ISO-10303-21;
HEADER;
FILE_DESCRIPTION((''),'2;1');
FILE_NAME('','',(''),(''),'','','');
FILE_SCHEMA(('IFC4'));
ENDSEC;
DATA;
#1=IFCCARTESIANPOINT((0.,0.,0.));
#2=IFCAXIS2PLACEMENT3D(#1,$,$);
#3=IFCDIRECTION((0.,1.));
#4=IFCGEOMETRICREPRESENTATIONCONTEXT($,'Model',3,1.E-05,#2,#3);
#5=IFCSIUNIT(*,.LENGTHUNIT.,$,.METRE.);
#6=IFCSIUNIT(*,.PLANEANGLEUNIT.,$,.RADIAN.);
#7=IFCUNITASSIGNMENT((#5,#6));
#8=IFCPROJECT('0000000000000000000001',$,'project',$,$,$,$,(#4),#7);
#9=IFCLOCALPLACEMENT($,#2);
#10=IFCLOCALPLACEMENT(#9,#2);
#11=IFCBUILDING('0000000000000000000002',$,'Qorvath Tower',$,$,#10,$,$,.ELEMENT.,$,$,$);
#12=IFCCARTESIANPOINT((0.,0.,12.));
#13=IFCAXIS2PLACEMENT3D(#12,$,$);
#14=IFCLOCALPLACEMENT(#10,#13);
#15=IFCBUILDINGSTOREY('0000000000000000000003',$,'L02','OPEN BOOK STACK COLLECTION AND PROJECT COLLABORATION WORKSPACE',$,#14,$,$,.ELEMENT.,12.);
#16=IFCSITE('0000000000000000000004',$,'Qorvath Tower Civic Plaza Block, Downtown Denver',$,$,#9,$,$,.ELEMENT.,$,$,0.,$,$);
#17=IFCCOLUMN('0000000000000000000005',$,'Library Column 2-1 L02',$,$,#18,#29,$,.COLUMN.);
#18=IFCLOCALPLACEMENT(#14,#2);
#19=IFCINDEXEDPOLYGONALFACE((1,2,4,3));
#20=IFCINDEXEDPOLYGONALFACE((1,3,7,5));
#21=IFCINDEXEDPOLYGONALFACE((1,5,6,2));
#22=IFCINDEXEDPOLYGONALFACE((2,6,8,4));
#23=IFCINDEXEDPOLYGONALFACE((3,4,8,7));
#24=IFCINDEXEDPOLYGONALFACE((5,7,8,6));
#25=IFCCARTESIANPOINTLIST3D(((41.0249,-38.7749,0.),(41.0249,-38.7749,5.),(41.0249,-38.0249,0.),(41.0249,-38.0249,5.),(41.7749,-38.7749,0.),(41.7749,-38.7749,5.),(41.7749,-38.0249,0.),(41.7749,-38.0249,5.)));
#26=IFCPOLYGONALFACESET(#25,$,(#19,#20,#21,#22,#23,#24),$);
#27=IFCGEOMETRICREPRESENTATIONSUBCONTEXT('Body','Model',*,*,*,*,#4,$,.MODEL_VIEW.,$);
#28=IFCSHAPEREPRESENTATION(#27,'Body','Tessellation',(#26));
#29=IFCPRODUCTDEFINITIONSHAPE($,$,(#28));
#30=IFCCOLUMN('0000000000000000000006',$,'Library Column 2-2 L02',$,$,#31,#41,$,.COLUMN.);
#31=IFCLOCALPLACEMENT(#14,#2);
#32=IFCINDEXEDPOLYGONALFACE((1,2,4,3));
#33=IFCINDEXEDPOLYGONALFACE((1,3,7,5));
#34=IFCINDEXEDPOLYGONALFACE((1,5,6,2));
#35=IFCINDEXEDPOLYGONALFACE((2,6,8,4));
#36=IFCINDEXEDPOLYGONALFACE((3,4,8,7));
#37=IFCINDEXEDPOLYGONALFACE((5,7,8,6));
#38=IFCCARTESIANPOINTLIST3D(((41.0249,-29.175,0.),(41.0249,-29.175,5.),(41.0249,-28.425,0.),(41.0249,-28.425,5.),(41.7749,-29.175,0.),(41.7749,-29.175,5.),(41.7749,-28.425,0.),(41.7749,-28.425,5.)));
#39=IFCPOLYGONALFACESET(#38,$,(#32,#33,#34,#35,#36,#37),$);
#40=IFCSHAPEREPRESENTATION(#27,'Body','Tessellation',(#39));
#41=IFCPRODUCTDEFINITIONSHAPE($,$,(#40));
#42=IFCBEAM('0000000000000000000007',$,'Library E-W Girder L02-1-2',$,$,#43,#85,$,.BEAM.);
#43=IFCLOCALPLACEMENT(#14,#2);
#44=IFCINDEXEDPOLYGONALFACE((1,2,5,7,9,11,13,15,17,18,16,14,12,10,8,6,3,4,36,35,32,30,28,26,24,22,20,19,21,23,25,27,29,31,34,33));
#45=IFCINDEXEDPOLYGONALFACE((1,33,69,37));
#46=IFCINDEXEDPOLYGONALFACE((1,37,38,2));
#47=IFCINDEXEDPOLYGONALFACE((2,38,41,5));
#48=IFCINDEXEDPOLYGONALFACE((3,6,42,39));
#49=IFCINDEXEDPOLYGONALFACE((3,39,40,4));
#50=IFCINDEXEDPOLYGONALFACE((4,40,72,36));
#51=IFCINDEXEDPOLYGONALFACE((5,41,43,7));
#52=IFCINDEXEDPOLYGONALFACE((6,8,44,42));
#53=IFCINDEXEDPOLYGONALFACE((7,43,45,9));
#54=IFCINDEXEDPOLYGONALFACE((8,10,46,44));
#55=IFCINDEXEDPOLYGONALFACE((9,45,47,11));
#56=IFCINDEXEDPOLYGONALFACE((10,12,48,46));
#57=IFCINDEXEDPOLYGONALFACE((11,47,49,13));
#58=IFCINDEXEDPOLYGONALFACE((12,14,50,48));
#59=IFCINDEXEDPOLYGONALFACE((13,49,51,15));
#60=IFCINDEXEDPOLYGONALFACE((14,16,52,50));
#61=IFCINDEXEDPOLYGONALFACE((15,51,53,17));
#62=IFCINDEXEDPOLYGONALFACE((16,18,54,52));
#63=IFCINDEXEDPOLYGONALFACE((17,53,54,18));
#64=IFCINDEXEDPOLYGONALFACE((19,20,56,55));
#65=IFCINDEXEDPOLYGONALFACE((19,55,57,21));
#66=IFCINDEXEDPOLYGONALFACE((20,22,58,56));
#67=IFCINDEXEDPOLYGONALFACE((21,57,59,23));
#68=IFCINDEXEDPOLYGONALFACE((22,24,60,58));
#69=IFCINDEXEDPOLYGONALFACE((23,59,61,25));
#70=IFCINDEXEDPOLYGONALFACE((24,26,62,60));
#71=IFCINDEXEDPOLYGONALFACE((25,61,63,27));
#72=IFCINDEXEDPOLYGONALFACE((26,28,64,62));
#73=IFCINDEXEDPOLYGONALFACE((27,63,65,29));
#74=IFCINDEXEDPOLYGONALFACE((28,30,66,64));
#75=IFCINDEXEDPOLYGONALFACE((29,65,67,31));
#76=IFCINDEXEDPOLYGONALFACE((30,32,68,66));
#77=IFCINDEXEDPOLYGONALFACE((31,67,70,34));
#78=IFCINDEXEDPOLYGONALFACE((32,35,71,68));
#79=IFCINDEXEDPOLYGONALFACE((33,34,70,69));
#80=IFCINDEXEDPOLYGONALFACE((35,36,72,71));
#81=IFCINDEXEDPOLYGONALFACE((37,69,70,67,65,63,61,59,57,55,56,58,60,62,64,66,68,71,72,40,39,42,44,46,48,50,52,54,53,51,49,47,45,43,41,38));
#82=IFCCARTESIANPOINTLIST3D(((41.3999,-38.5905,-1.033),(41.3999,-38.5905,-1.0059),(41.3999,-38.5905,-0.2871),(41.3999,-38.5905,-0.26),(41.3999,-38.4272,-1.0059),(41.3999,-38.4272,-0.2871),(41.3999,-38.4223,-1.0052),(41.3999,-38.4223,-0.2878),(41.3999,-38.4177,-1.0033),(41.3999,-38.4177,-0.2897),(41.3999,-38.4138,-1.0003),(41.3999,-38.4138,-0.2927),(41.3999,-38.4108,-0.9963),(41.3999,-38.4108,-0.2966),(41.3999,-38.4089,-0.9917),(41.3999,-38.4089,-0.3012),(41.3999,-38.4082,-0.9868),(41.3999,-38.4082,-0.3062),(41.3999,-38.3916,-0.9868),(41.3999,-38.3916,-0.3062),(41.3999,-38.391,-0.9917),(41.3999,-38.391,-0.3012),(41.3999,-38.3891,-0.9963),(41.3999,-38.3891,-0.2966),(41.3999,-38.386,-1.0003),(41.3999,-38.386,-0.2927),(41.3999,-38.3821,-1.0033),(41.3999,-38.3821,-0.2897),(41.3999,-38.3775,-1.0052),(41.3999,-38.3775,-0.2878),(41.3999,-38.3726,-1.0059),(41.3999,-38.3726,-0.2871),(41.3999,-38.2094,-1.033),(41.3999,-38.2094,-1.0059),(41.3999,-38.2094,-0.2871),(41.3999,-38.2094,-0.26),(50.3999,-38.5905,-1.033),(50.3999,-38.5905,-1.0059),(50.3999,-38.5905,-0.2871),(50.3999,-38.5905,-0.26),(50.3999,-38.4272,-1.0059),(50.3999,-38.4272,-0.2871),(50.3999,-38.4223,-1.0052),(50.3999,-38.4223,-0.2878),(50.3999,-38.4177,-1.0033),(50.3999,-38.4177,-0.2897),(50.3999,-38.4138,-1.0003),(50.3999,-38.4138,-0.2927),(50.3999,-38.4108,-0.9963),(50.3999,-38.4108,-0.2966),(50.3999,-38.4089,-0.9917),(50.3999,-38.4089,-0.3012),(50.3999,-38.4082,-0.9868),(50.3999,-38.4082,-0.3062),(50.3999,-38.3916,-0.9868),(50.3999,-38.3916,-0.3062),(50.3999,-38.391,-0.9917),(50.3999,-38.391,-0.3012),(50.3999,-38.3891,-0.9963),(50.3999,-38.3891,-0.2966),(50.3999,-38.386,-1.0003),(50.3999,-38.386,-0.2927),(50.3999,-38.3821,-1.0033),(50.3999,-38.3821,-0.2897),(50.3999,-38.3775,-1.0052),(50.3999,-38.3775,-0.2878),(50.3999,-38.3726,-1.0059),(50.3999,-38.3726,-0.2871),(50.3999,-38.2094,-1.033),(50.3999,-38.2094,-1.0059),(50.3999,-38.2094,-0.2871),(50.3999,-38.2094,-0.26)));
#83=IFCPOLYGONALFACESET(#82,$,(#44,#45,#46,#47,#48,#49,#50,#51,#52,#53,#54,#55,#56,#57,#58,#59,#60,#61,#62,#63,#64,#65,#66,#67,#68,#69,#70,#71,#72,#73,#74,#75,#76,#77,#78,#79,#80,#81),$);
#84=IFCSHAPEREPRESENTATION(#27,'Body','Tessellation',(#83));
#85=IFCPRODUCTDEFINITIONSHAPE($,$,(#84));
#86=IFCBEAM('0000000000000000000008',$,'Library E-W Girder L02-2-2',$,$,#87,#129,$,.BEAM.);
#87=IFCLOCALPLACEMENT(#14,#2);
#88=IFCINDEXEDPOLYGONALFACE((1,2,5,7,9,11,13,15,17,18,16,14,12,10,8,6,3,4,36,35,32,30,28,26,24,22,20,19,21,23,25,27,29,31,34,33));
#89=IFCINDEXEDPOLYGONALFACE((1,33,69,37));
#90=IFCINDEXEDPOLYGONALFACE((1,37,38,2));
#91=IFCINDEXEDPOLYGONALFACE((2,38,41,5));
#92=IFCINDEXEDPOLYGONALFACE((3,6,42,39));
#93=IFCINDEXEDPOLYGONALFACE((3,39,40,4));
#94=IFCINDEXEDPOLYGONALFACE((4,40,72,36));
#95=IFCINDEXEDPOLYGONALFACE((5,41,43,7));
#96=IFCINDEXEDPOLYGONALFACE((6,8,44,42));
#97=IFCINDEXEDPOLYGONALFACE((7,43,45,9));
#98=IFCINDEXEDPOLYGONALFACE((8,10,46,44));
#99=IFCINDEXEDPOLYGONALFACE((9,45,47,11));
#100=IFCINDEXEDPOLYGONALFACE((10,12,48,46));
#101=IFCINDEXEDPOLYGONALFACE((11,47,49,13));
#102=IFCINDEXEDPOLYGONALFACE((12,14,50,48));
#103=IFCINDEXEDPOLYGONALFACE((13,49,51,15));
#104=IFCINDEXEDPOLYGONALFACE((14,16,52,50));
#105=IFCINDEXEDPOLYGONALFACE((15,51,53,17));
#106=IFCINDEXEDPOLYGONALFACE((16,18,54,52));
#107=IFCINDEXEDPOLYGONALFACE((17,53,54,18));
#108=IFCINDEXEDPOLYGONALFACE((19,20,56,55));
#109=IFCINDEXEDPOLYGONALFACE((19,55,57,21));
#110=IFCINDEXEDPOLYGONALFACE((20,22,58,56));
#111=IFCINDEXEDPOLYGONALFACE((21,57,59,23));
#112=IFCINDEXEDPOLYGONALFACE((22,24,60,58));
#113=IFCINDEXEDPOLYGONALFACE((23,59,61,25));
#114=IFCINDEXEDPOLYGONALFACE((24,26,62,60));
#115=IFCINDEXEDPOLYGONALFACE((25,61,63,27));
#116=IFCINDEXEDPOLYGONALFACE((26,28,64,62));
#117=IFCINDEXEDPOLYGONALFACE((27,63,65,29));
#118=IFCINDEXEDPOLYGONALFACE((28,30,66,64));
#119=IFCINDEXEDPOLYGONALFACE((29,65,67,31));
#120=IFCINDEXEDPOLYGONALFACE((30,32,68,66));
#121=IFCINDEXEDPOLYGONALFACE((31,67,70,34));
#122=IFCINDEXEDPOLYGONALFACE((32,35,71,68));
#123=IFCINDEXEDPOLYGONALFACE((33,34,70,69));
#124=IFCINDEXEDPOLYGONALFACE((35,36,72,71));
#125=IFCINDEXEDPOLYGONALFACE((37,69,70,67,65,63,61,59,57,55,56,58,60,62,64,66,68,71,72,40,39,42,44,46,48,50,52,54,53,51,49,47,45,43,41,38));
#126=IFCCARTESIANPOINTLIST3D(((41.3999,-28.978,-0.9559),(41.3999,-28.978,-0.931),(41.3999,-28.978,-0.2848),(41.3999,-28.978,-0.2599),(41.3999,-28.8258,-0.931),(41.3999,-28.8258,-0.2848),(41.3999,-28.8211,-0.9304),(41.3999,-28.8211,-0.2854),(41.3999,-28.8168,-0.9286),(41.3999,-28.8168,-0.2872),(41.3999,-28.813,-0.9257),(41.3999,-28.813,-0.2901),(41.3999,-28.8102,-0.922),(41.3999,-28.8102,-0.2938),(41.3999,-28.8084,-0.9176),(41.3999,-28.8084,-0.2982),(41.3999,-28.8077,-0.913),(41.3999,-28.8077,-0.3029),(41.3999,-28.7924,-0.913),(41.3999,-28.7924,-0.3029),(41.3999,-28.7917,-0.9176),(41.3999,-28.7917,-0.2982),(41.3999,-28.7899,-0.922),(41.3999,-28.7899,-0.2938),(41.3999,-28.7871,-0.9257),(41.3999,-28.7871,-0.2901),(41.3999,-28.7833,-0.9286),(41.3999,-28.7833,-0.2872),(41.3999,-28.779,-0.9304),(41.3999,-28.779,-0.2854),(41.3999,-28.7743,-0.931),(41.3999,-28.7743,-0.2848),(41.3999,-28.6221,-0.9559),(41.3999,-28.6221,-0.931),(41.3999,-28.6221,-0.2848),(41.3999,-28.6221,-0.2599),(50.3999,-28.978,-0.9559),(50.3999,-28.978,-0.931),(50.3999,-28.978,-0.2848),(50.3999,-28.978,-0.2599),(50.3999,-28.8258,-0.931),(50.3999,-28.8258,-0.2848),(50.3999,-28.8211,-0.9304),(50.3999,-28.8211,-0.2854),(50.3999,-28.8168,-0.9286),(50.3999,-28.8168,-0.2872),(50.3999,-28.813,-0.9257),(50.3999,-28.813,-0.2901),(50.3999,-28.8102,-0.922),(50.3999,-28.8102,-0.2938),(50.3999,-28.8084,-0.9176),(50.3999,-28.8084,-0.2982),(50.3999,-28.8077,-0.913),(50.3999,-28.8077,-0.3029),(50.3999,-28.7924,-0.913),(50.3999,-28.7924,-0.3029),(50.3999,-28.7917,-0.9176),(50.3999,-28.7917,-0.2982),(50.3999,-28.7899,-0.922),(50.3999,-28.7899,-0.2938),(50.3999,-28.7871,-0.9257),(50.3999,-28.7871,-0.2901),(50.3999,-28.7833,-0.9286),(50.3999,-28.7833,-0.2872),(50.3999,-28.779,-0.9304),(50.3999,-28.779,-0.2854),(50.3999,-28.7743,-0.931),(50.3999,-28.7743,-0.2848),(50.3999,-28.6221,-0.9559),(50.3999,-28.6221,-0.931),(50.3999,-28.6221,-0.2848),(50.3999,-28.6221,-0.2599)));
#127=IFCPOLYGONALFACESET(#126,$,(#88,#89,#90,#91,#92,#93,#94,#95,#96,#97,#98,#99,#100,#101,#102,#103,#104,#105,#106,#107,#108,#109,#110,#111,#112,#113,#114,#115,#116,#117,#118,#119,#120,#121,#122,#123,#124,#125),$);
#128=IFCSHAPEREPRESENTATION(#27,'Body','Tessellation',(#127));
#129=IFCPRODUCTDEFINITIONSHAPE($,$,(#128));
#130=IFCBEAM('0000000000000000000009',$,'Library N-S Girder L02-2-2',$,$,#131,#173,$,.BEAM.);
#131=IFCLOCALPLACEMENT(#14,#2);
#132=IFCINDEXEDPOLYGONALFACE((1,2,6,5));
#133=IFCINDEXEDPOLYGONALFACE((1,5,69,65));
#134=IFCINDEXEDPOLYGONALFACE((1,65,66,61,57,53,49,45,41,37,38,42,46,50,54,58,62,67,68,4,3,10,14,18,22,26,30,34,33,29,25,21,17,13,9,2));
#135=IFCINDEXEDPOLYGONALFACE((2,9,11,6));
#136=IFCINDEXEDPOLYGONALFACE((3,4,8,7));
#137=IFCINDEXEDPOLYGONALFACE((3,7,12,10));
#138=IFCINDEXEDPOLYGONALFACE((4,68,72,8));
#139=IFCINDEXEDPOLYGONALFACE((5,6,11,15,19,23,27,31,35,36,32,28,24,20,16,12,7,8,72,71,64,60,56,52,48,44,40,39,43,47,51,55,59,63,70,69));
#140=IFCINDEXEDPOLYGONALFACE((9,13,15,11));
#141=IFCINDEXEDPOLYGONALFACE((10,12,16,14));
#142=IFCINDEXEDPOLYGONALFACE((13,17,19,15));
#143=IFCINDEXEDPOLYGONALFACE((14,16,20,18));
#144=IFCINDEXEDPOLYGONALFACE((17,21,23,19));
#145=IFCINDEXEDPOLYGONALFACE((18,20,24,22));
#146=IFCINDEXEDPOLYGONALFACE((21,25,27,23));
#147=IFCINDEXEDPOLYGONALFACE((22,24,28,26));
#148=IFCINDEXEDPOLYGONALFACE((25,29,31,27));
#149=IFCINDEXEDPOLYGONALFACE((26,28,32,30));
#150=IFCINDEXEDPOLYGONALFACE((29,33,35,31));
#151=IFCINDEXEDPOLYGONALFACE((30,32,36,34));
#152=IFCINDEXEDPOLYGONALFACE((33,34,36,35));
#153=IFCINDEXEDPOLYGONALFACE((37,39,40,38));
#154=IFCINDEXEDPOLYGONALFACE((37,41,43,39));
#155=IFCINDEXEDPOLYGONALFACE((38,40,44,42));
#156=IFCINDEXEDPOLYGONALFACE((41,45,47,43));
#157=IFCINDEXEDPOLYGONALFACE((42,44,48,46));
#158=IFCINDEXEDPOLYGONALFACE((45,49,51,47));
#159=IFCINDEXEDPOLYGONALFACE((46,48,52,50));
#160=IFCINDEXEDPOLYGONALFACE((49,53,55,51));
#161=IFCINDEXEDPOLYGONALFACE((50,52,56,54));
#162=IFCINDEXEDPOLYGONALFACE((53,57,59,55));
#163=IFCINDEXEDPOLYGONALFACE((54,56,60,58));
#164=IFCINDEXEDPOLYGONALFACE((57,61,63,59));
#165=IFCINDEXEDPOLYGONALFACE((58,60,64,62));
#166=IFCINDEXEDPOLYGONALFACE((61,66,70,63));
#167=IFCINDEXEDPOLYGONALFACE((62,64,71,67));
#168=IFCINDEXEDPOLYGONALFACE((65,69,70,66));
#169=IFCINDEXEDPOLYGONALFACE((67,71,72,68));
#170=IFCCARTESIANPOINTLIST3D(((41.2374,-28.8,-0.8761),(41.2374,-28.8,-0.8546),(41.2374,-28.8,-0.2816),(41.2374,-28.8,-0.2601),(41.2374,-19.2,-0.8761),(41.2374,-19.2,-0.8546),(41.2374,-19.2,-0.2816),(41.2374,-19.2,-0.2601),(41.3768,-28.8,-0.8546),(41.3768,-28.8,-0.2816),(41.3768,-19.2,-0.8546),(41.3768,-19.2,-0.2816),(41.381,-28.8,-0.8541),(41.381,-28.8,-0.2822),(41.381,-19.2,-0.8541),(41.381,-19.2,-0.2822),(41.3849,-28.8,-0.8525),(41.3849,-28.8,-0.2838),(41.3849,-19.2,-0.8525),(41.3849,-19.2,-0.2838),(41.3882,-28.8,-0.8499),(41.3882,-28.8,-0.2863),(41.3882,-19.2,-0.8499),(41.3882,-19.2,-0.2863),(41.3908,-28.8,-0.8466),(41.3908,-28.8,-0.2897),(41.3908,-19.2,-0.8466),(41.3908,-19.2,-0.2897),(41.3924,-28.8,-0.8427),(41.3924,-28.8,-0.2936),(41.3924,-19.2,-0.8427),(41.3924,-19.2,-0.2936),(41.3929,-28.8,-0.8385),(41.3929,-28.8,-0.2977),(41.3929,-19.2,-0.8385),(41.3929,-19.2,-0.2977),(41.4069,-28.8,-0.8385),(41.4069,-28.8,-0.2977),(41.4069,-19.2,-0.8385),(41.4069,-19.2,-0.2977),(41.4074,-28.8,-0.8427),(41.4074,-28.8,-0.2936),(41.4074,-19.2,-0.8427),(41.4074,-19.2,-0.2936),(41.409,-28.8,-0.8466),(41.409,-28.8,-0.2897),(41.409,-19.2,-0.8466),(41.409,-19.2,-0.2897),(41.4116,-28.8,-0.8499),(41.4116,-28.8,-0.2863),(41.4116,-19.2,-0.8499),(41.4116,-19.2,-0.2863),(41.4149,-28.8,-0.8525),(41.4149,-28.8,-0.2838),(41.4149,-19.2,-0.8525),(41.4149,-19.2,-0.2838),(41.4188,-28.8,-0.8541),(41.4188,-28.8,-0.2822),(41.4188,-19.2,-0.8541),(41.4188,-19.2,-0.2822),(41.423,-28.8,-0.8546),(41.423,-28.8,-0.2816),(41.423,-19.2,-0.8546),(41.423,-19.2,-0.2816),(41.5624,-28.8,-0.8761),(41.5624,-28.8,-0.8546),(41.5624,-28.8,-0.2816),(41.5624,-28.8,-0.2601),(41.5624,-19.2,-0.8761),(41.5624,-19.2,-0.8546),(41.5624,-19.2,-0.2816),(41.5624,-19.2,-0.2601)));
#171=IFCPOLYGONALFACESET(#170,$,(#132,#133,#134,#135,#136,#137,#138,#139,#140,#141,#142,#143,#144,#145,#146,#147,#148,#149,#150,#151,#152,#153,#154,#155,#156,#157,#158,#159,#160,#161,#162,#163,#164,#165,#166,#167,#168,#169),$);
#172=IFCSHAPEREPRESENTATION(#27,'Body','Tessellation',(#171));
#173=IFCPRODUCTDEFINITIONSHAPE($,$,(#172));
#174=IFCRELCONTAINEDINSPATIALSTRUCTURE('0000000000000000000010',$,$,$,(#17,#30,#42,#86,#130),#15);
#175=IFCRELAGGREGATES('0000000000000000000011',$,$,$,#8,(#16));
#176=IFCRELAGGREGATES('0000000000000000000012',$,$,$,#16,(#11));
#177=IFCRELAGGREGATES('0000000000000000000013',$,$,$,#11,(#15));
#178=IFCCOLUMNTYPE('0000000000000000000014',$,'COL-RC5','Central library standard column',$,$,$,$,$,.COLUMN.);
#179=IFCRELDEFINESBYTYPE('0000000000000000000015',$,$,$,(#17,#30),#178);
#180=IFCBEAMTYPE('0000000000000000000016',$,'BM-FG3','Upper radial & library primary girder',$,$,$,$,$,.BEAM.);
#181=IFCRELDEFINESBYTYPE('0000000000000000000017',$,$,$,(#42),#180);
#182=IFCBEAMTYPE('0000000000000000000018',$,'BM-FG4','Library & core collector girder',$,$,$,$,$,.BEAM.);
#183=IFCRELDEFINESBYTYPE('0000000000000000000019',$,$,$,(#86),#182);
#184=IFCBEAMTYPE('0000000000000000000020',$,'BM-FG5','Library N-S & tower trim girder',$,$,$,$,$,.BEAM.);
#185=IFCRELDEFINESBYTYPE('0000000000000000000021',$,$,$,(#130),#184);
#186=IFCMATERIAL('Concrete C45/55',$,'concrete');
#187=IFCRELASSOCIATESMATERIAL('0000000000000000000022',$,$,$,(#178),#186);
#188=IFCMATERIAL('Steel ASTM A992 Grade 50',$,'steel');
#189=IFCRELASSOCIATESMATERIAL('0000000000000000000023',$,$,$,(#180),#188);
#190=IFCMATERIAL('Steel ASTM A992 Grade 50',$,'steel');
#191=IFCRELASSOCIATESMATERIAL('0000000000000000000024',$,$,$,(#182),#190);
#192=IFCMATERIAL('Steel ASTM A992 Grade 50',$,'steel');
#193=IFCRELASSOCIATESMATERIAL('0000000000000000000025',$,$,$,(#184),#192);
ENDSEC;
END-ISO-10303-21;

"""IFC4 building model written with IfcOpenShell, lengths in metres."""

from ifc_helpers import new_model, si_unit, direction, frame, origin, origin_2d, place, context, subcontext, project, spatial, rectangle, i_section, extrude, material, material_profile, profile_set, type_object, element, save


model = new_model("IFC4")

# Units and contexts
model_context = context("Model", 3, precision=1e-05, world=origin(), true_north=direction((0.0, 1.0)))
body_context = subcontext(model_context, "Body", "Model", "MODEL_VIEW")
ifc_project = project(units=[si_unit("LENGTHUNIT", "METRE"), si_unit("PLANEANGLEUNIT", "RADIAN")], contexts=[model_context])

# Site, building, storey
site_placement = place(None, origin())
site = spatial("IfcSite", under=ifc_project, at=site_placement, Name="Qorvath Tower Civic Plaza Block, Downtown Denver", CompositionType="ELEMENT", RefElevation=0.0)
building_placement = place(site_placement, origin())
building = spatial("IfcBuilding", under=site, at=building_placement, Name="Qorvath Tower", CompositionType="ELEMENT")
storey_placement = place(building_placement, frame((0.0, 0.0, 12.0)))
storey = spatial("IfcBuildingStorey", under=building, at=storey_placement, Name="L02", Description="OPEN BOOK STACK COLLECTION AND PROJECT COLLABORATION WORKSPACE", CompositionType="ELEMENT", Elevation=12.0)

# Columns
ifc_material_1 = material(Name="Concrete C45/55", Category="concrete")
ifc_material_profile_1 = material_profile(ifc_material_1, rectangle(XDim=0.75, YDim=0.75, at=origin_2d()), Name="RC 750x750")
ifc_profile_set_1 = profile_set([ifc_material_profile_1], Name="Concrete C45/55")
column_type = type_object("IfcColumnType", Name="COL-RC5", Description="Central library standard column", PredefinedType="COLUMN", material=ifc_profile_set_1)
for number, where, z_axis, x_axis, name in (
    (1, (41.3999, -38.3999, 0.0), (0.0, 0.0, 1.0), (1.0, 0.0, 0.0), "Library Column 2-1 L02"),
    (2, (41.3999, -28.8, 0.0), (0.0, 0.0, 1.0), (1.0, 0.0, 0.0), "Library Column 2-2 L02"),
):
    element("IfcColumn", number, at=place(storey_placement, frame(where, z_axis=z_axis, x_axis=x_axis)), inside=storey, type_object=column_type, Name=name, PredefinedType="COLUMN", context=body_context, shape_type="SweptSolid", body=[
        extrude(rectangle(XDim=0.75, YDim=0.75, at=origin_2d()), origin(), (0.0, 0.0, 1.0), 5.0),
    ])

# Beams
ifc_material_2 = material(Name="Steel ASTM A992 Grade 50", Category="steel")
ifc_material_profile_2 = material_profile(ifc_material_2, i_section(OverallWidth=0.3811, OverallDepth=0.7729, WebThickness=0.0166, FlangeThickness=0.0271, FilletRadius=0.019, at=origin_2d()), Name="W30x173")
ifc_profile_set_2 = profile_set([ifc_material_profile_2], Name="Steel ASTM A992 Grade 50")
beam_type_1 = type_object("IfcBeamType", Name="BM-FG3", Description="Upper radial & library primary girder", PredefinedType="BEAM", material=ifc_profile_set_2)
beam_1_placement = place(storey_placement, frame((41.3999, -38.3999, -0.6465), z_axis=(1.0, 0.0, 0.0), x_axis=(0.0, 1.0, 0.0)))
element("IfcBeam", 3, at=beam_1_placement, inside=storey, type_object=beam_type_1, Name="Library E-W Girder L02-1-2", PredefinedType="BEAM", context=body_context, shape_type="SweptSolid", body=[
    extrude(i_section(OverallWidth=0.3811, OverallDepth=0.7729, WebThickness=0.0166, FlangeThickness=0.0271, FilletRadius=0.019, at=origin_2d()), origin(), (0.0, 0.0, 1.0), 9.0),
])
ifc_material_3 = material(Name="Steel ASTM A992 Grade 50", Category="steel")
ifc_material_profile_3 = material_profile(ifc_material_3, i_section(OverallWidth=0.356, OverallDepth=0.696, WebThickness=0.0154, FlangeThickness=0.0249, FilletRadius=0.0181, at=origin_2d()), Name="W27x146")
ifc_profile_set_3 = profile_set([ifc_material_profile_3], Name="Steel ASTM A992 Grade 50")
beam_type_2 = type_object("IfcBeamType", Name="BM-FG4", Description="Library & core collector girder", PredefinedType="BEAM", material=ifc_profile_set_3)
beam_2_placement = place(storey_placement, frame((41.3999, -28.8, -0.6079), z_axis=(1.0, 0.0, 0.0), x_axis=(0.0, 1.0, 0.0)))
element("IfcBeam", 4, at=beam_2_placement, inside=storey, type_object=beam_type_2, Name="Library E-W Girder L02-2-2", PredefinedType="BEAM", context=body_context, shape_type="SweptSolid", body=[
    extrude(i_section(OverallWidth=0.356, OverallDepth=0.696, WebThickness=0.0154, FlangeThickness=0.0249, FilletRadius=0.0181, at=origin_2d()), origin(), (0.0, 0.0, 1.0), 9.0),
])
ifc_material_4 = material(Name="Steel ASTM A992 Grade 50", Category="steel")
ifc_material_profile_4 = material_profile(ifc_material_4, i_section(OverallWidth=0.325, OverallDepth=0.616, WebThickness=0.0139, FlangeThickness=0.0215, FilletRadius=0.0161, at=origin_2d()), Name="W24x117")
ifc_profile_set_4 = profile_set([ifc_material_profile_4], Name="Steel ASTM A992 Grade 50")
beam_type_3 = type_object("IfcBeamType", Name="BM-FG5", Description="Library N-S & tower trim girder", PredefinedType="BEAM", material=ifc_profile_set_4)
beam_3_placement = place(storey_placement, frame((41.3999, -28.8, -0.5681), z_axis=(0.0, 1.0, 0.0), x_axis=(-1.0, 0.0, 0.0)))
element("IfcBeam", 5, at=beam_3_placement, inside=storey, type_object=beam_type_3, Name="Library N-S Girder L02-2-2", PredefinedType="BEAM", context=body_context, shape_type="SweptSolid", body=[
    extrude(i_section(OverallWidth=0.325, OverallDepth=0.616, WebThickness=0.0139, FlangeThickness=0.0215, FilletRadius=0.0161, at=origin_2d()), origin(), (0.0, 0.0, 1.0), 9.6001),
])

save(model, "model.ifc")
